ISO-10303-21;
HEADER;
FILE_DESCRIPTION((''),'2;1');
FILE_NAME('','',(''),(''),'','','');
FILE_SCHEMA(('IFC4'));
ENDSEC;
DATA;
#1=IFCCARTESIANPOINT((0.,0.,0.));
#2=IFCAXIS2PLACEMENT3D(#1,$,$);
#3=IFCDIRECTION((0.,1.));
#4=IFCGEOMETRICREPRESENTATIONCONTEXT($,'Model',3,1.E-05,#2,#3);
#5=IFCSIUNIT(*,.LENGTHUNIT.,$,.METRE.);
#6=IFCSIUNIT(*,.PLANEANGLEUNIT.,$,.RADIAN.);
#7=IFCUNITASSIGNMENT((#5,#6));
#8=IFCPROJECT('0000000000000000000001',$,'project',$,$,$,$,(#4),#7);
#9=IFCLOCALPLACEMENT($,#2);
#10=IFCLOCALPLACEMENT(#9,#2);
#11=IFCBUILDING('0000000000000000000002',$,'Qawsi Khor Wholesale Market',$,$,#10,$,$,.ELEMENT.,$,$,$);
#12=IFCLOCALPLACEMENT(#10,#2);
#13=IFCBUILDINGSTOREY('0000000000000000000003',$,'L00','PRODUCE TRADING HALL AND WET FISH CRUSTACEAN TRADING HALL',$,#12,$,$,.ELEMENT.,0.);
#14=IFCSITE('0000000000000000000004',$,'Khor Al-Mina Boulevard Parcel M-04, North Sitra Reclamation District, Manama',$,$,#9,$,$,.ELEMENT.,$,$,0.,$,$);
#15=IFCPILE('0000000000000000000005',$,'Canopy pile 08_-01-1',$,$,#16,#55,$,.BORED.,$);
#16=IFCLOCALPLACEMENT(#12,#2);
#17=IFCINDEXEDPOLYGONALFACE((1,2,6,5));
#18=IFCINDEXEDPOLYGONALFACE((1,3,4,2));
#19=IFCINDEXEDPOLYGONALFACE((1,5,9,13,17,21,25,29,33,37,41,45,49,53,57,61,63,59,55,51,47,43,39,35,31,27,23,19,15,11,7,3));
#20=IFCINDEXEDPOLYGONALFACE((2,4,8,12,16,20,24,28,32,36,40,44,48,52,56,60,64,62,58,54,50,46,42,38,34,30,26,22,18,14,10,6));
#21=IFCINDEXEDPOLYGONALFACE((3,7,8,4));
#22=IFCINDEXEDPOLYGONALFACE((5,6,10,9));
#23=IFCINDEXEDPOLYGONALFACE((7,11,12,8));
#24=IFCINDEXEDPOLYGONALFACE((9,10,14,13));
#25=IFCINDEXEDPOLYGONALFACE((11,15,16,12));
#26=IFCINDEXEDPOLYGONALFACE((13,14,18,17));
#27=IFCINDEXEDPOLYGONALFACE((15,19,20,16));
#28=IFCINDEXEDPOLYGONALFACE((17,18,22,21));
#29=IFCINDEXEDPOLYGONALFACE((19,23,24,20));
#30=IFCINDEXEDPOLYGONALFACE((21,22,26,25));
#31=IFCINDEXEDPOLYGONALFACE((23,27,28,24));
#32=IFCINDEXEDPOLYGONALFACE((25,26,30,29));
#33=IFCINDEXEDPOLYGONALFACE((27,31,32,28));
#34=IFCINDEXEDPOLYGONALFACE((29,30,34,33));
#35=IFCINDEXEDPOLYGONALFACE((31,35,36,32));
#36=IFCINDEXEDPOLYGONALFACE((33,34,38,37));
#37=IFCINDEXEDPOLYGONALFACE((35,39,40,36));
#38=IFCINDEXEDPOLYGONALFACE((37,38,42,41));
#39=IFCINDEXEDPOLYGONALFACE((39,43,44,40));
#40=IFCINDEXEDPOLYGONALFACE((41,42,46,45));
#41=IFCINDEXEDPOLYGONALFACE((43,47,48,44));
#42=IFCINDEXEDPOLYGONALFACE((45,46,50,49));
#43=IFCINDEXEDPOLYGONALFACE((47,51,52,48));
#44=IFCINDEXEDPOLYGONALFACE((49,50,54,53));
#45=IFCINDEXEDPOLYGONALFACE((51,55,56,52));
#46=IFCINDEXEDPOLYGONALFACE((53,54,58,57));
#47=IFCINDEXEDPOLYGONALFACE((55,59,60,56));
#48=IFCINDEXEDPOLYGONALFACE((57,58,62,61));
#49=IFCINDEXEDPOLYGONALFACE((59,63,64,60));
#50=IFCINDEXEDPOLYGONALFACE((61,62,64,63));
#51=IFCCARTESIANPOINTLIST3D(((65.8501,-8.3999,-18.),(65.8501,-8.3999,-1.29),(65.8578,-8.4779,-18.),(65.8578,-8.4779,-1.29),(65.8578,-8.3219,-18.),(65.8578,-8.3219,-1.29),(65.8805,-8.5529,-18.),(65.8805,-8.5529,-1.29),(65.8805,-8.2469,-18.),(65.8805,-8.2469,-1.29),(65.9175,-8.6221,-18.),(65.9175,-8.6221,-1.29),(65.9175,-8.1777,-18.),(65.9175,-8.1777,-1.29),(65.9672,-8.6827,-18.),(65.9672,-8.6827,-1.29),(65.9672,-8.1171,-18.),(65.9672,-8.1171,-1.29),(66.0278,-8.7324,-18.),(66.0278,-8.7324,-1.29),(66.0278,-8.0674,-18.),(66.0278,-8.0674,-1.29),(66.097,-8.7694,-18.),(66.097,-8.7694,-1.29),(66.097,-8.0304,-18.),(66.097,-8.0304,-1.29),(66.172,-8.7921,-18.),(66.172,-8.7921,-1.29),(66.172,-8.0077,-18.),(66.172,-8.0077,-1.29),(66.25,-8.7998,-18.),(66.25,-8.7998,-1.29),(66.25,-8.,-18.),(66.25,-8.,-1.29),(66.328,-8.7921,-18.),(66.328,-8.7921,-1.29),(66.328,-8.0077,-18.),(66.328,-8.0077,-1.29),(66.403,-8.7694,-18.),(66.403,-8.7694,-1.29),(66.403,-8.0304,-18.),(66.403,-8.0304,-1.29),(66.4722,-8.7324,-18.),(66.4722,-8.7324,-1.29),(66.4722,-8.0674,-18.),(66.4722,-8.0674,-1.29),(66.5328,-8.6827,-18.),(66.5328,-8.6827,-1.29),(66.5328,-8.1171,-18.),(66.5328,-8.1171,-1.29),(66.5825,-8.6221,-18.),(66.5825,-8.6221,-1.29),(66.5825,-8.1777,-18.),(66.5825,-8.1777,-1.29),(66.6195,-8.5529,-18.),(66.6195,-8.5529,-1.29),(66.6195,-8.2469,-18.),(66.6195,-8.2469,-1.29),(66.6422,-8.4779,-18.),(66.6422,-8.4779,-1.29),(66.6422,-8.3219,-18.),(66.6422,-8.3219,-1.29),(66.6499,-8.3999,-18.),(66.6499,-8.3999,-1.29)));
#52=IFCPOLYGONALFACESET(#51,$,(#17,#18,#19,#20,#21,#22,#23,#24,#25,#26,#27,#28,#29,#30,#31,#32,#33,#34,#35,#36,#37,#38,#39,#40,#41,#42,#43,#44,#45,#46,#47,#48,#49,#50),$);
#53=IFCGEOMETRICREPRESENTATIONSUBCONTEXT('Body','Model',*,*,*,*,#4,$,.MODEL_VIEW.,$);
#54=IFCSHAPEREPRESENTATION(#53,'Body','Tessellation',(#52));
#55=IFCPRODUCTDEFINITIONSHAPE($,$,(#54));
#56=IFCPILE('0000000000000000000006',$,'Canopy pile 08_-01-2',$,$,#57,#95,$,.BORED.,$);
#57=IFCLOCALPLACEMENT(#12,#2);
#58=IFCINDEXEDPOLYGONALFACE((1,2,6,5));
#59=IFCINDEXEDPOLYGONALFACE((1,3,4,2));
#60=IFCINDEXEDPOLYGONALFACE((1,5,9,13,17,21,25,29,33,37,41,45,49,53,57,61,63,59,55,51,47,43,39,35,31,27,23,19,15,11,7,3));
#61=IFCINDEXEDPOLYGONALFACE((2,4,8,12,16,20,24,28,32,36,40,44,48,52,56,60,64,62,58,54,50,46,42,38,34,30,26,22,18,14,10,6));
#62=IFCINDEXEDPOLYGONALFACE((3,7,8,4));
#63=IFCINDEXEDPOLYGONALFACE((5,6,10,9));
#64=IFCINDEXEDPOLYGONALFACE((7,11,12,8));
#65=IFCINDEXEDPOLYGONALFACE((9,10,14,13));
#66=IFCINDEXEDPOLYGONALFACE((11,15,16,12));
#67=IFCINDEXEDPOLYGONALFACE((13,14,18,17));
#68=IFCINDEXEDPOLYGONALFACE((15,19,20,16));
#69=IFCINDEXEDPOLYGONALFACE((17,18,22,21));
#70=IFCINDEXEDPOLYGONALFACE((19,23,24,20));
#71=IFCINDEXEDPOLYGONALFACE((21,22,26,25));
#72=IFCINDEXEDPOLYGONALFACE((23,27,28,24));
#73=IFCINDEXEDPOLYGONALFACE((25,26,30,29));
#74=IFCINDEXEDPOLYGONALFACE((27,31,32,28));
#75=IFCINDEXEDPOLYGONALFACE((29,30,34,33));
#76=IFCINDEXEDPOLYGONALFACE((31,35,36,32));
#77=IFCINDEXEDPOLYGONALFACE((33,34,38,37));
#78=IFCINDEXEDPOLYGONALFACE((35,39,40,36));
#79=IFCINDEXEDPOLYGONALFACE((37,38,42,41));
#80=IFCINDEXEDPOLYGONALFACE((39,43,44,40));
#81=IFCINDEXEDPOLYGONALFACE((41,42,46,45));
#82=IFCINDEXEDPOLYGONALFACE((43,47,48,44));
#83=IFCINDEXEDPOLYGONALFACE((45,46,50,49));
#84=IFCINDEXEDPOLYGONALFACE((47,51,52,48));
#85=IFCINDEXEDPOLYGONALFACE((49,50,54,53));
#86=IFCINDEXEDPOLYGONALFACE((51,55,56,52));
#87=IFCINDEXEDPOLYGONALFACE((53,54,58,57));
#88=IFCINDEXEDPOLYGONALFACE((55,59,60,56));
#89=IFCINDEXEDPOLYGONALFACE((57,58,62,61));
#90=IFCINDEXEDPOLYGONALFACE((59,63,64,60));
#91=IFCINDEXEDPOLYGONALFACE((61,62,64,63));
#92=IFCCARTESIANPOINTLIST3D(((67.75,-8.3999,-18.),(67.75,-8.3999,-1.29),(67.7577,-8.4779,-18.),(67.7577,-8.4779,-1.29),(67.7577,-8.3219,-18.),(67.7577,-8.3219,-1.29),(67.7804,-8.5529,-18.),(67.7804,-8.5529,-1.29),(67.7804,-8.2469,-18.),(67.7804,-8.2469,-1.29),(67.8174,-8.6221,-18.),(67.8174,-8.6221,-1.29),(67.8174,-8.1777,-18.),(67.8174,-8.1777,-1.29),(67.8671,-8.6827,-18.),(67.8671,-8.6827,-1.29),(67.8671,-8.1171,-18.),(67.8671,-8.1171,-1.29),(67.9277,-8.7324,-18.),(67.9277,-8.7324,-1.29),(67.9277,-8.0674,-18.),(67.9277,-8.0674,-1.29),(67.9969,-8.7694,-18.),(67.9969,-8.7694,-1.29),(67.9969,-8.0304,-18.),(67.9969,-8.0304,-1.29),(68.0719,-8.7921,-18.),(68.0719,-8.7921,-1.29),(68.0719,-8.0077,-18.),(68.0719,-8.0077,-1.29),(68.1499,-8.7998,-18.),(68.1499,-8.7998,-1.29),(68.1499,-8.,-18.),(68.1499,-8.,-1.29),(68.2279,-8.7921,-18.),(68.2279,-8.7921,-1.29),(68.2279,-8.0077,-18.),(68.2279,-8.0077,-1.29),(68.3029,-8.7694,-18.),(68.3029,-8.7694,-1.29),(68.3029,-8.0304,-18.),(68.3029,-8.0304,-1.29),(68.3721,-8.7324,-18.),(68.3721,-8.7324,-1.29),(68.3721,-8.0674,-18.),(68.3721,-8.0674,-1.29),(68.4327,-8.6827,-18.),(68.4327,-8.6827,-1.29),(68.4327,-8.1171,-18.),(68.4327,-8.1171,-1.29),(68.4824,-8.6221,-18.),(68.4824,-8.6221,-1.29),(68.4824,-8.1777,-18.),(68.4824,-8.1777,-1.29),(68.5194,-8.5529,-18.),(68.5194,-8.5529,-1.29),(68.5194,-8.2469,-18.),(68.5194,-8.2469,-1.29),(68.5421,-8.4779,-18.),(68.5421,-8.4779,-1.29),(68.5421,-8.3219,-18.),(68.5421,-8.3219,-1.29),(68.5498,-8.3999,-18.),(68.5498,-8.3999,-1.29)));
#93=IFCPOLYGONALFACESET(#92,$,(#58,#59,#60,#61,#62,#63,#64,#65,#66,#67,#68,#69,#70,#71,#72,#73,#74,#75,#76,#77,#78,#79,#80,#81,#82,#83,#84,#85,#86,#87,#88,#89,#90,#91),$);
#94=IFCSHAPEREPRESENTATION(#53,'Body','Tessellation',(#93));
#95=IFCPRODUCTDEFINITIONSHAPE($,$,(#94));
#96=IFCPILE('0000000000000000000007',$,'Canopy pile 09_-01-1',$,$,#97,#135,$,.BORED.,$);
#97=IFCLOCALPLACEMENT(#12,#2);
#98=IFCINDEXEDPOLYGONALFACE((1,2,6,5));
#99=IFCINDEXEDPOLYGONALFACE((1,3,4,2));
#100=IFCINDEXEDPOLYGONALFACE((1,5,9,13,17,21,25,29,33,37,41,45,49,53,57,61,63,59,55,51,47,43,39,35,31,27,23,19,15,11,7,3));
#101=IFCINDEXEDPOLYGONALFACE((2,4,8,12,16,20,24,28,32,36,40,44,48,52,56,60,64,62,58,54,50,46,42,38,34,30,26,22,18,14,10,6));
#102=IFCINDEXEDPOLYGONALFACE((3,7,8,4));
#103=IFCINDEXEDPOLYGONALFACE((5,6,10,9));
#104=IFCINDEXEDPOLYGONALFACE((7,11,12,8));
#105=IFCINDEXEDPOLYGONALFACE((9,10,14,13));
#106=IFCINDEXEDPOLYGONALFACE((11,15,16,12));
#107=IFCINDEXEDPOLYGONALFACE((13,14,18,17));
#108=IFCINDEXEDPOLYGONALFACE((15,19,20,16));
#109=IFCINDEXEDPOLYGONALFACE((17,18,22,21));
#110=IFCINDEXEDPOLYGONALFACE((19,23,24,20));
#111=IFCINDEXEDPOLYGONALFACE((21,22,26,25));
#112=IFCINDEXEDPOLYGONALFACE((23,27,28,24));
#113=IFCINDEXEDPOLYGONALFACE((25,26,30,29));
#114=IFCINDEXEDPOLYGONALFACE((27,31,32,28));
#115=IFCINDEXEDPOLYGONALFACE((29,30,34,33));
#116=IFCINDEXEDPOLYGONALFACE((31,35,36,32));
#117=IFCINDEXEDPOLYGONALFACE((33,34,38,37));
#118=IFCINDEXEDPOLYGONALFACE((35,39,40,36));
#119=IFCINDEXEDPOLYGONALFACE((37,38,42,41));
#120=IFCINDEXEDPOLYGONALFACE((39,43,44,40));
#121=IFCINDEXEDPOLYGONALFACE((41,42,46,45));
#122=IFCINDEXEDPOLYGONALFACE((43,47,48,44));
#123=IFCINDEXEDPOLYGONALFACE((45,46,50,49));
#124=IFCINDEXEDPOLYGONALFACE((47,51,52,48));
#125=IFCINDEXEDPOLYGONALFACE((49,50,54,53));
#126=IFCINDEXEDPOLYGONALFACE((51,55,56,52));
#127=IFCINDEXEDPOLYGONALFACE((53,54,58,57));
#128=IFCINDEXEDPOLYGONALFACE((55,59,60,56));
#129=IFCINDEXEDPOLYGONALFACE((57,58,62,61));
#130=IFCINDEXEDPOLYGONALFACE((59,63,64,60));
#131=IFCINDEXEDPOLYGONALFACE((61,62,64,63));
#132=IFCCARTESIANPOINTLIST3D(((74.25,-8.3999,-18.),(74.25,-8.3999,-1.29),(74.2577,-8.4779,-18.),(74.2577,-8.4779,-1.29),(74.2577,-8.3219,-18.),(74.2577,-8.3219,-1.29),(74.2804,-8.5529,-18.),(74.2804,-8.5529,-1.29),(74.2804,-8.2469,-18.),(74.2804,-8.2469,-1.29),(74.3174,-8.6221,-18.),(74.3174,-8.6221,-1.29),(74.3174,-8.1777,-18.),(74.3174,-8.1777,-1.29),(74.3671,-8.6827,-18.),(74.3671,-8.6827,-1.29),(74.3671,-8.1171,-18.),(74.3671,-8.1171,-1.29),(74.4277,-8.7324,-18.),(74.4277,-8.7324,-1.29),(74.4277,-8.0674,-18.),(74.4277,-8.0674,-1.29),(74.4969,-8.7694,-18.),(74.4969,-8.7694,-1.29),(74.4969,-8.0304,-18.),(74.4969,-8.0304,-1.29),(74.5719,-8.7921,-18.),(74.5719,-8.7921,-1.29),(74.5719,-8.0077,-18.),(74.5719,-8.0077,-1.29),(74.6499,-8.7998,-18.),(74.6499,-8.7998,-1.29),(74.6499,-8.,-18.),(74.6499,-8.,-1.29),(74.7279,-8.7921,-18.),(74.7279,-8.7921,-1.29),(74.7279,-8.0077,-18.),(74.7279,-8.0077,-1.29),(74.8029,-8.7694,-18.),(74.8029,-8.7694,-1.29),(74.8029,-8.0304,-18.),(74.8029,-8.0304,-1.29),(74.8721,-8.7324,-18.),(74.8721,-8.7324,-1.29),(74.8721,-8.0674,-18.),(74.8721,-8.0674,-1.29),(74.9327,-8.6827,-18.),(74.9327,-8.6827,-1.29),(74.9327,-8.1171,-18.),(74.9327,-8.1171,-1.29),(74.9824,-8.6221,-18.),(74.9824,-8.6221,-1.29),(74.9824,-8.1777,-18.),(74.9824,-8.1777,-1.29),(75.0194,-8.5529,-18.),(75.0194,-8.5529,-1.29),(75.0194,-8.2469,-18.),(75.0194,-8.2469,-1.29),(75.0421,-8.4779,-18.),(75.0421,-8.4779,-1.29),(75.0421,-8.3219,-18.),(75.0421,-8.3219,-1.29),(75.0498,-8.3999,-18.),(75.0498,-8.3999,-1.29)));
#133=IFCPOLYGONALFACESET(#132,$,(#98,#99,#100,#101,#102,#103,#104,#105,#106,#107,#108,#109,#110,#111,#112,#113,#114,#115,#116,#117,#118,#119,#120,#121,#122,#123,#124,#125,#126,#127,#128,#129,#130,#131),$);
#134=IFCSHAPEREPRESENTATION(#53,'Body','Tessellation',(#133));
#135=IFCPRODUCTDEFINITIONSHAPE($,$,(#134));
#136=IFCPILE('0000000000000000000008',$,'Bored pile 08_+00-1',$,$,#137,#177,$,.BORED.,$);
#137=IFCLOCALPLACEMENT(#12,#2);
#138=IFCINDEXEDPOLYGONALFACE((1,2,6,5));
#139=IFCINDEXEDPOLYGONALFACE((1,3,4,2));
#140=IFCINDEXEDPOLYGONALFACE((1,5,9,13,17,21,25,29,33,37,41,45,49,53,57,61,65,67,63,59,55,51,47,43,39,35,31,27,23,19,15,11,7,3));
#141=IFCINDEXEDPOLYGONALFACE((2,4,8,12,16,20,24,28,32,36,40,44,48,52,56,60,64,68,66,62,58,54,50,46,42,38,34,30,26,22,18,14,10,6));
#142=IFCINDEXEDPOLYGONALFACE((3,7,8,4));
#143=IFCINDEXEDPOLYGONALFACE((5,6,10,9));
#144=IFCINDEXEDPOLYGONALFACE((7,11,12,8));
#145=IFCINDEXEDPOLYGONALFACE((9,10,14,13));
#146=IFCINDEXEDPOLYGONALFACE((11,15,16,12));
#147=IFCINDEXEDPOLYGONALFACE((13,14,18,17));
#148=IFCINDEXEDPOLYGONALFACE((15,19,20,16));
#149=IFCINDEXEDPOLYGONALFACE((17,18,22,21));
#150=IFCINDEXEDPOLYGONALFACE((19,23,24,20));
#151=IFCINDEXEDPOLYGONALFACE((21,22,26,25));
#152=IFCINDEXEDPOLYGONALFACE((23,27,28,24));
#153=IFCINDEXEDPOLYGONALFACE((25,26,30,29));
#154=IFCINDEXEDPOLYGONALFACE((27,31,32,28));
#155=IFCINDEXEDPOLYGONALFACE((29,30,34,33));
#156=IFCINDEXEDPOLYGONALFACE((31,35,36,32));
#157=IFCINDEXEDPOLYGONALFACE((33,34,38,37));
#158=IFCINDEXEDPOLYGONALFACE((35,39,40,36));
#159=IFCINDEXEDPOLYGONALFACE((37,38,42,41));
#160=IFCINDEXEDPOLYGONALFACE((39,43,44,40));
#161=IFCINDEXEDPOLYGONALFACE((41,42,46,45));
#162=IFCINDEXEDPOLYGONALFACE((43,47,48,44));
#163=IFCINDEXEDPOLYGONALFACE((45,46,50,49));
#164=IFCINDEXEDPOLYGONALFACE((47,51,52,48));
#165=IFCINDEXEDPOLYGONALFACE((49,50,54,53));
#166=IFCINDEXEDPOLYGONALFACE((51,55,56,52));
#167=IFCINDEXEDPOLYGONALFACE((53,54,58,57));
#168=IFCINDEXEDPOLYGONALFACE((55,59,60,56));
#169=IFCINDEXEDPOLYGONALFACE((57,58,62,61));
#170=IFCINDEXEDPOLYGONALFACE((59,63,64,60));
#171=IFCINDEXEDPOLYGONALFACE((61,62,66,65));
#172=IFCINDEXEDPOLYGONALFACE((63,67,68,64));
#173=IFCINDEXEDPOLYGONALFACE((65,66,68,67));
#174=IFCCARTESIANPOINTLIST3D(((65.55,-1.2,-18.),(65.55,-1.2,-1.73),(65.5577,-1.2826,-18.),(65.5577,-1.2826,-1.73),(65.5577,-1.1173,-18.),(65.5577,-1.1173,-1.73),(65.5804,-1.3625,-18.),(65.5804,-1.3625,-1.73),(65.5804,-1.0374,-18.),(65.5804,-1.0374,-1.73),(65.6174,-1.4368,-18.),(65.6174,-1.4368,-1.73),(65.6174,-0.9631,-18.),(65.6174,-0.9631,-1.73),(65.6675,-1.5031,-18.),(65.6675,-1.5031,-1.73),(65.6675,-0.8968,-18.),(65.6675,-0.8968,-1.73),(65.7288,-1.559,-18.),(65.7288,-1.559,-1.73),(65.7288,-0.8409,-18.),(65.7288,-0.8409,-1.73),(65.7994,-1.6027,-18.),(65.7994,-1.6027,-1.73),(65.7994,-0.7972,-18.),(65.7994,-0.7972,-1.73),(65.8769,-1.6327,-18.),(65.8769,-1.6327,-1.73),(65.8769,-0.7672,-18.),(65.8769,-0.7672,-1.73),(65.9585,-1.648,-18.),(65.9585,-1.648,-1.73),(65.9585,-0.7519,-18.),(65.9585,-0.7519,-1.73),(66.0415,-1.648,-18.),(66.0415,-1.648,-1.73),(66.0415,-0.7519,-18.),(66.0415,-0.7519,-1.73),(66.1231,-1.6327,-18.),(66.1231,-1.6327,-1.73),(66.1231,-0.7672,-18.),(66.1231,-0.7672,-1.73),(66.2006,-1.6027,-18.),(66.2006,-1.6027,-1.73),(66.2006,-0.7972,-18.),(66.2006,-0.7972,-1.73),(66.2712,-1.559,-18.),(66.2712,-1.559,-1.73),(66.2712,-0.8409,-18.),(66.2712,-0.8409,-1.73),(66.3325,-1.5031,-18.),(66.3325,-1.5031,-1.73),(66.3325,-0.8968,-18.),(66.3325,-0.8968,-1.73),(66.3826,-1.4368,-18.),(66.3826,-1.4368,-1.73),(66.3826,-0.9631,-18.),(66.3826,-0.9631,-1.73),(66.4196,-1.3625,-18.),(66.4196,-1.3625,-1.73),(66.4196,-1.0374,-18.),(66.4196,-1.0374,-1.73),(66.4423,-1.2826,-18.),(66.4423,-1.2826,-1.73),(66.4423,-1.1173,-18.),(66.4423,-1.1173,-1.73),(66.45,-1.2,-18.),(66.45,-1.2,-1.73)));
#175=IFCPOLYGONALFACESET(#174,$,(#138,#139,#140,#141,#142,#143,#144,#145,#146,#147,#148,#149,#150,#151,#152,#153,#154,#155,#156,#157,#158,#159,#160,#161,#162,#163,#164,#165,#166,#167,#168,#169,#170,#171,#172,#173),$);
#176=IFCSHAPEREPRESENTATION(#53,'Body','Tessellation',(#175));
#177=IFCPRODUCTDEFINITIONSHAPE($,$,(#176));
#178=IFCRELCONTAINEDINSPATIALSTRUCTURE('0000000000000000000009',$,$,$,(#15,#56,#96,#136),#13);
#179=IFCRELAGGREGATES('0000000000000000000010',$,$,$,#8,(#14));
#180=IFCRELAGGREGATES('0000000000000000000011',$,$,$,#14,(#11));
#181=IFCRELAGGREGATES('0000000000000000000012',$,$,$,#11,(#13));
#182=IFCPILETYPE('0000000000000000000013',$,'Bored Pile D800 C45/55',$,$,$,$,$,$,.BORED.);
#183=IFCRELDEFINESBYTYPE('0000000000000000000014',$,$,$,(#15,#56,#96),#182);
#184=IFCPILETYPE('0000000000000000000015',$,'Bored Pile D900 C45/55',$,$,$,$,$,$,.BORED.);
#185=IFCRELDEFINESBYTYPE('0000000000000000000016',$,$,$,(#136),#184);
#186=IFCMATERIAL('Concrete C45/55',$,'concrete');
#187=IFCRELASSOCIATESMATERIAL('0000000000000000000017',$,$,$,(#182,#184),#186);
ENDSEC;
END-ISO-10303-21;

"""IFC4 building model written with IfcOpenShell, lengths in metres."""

from ifc_helpers import new_model, si_unit, direction, frame, origin, origin_2d, place, context, subcontext, project, spatial, circle, extrude, material, material_profile, profile_set, type_object, element, save


model = new_model("IFC4")

# Units and contexts
model_context = context("Model", 3, precision=1e-05, world=origin(), true_north=direction((0.0, 1.0)))
body_context = subcontext(model_context, "Body", "Model", "MODEL_VIEW")
ifc_project = project(units=[si_unit("LENGTHUNIT", "METRE"), si_unit("PLANEANGLEUNIT", "RADIAN")], contexts=[model_context])

# Site, building, storey
site_placement = place(None, origin())
site = spatial("IfcSite", under=ifc_project, at=site_placement, Name="Khor Al-Mina Boulevard Parcel M-04, North Sitra Reclamation District, Manama", CompositionType="ELEMENT", RefElevation=0.0)
building_placement = place(site_placement, origin())
building = spatial("IfcBuilding", under=site, at=building_placement, Name="Qawsi Khor Wholesale Market", CompositionType="ELEMENT")
storey_placement = place(building_placement, origin())
storey = spatial("IfcBuildingStorey", under=building, at=storey_placement, Name="L00", Description="PRODUCE TRADING HALL AND WET FISH CRUSTACEAN TRADING HALL", CompositionType="ELEMENT", Elevation=0.0)

# Piles
ifc_material_1 = material(Name="Concrete C45/55", Category="concrete")
ifc_material_profile_1 = material_profile(ifc_material_1, circle(Radius=0.3999, at=origin_2d()), Name="PILE D800")
ifc_profile_set_1 = profile_set([ifc_material_profile_1], Name="Concrete C45/55")
pile_type_1 = type_object("IfcPileType", Name="Bored Pile D800 C45/55", PredefinedType="BORED", material=ifc_profile_set_1)
for number, where, z_axis, x_axis, name in (
    (1, (66.25, -8.3999, -1.29), (0.0, 0.0, -1.0), (1.0, 0.0, 0.0), "Canopy pile 08_-01-1"),
    (2, (68.1499, -8.3999, -1.29), (0.0, 0.0, -1.0), (1.0, 0.0, 0.0), "Canopy pile 08_-01-2"),
    (3, (74.6499, -8.3999, -1.29), (0.0, 0.0, -1.0), (1.0, 0.0, 0.0), "Canopy pile 09_-01-1"),
):
    element("IfcPile", number, at=place(storey_placement, frame(where, z_axis=z_axis, x_axis=x_axis)), inside=storey, type_object=pile_type_1, Name=name, PredefinedType="BORED", context=body_context, shape_type="SweptSolid", body=[
        extrude(circle(Radius=0.3999, at=origin_2d()), origin(), (0.0, 0.0, 1.0), 16.71),
    ])
ifc_material_profile_2 = material_profile(ifc_material_1, circle(Radius=0.45, at=origin_2d()), Name="PILE D900")
ifc_profile_set_2 = profile_set([ifc_material_profile_2], Name="Concrete C45/55")
pile_type_2 = type_object("IfcPileType", Name="Bored Pile D900 C45/55", PredefinedType="BORED", material=ifc_profile_set_2)
for number, where, z_axis, x_axis, name in (
    (4, (66.0, -1.2, -1.73), (0.0, 0.0, -1.0), (1.0, 0.0, 0.0), "Bored pile 08_+00-1"),
):
    element("IfcPile", number, at=place(storey_placement, frame(where, z_axis=z_axis, x_axis=x_axis)), inside=storey, type_object=pile_type_2, Name=name, PredefinedType="BORED", context=body_context, shape_type="SweptSolid", body=[
        extrude(circle(Radius=0.45, at=origin_2d()), origin(), (0.0, 0.0, 1.0), 16.27),
    ])

save(model, "model.ifc")
